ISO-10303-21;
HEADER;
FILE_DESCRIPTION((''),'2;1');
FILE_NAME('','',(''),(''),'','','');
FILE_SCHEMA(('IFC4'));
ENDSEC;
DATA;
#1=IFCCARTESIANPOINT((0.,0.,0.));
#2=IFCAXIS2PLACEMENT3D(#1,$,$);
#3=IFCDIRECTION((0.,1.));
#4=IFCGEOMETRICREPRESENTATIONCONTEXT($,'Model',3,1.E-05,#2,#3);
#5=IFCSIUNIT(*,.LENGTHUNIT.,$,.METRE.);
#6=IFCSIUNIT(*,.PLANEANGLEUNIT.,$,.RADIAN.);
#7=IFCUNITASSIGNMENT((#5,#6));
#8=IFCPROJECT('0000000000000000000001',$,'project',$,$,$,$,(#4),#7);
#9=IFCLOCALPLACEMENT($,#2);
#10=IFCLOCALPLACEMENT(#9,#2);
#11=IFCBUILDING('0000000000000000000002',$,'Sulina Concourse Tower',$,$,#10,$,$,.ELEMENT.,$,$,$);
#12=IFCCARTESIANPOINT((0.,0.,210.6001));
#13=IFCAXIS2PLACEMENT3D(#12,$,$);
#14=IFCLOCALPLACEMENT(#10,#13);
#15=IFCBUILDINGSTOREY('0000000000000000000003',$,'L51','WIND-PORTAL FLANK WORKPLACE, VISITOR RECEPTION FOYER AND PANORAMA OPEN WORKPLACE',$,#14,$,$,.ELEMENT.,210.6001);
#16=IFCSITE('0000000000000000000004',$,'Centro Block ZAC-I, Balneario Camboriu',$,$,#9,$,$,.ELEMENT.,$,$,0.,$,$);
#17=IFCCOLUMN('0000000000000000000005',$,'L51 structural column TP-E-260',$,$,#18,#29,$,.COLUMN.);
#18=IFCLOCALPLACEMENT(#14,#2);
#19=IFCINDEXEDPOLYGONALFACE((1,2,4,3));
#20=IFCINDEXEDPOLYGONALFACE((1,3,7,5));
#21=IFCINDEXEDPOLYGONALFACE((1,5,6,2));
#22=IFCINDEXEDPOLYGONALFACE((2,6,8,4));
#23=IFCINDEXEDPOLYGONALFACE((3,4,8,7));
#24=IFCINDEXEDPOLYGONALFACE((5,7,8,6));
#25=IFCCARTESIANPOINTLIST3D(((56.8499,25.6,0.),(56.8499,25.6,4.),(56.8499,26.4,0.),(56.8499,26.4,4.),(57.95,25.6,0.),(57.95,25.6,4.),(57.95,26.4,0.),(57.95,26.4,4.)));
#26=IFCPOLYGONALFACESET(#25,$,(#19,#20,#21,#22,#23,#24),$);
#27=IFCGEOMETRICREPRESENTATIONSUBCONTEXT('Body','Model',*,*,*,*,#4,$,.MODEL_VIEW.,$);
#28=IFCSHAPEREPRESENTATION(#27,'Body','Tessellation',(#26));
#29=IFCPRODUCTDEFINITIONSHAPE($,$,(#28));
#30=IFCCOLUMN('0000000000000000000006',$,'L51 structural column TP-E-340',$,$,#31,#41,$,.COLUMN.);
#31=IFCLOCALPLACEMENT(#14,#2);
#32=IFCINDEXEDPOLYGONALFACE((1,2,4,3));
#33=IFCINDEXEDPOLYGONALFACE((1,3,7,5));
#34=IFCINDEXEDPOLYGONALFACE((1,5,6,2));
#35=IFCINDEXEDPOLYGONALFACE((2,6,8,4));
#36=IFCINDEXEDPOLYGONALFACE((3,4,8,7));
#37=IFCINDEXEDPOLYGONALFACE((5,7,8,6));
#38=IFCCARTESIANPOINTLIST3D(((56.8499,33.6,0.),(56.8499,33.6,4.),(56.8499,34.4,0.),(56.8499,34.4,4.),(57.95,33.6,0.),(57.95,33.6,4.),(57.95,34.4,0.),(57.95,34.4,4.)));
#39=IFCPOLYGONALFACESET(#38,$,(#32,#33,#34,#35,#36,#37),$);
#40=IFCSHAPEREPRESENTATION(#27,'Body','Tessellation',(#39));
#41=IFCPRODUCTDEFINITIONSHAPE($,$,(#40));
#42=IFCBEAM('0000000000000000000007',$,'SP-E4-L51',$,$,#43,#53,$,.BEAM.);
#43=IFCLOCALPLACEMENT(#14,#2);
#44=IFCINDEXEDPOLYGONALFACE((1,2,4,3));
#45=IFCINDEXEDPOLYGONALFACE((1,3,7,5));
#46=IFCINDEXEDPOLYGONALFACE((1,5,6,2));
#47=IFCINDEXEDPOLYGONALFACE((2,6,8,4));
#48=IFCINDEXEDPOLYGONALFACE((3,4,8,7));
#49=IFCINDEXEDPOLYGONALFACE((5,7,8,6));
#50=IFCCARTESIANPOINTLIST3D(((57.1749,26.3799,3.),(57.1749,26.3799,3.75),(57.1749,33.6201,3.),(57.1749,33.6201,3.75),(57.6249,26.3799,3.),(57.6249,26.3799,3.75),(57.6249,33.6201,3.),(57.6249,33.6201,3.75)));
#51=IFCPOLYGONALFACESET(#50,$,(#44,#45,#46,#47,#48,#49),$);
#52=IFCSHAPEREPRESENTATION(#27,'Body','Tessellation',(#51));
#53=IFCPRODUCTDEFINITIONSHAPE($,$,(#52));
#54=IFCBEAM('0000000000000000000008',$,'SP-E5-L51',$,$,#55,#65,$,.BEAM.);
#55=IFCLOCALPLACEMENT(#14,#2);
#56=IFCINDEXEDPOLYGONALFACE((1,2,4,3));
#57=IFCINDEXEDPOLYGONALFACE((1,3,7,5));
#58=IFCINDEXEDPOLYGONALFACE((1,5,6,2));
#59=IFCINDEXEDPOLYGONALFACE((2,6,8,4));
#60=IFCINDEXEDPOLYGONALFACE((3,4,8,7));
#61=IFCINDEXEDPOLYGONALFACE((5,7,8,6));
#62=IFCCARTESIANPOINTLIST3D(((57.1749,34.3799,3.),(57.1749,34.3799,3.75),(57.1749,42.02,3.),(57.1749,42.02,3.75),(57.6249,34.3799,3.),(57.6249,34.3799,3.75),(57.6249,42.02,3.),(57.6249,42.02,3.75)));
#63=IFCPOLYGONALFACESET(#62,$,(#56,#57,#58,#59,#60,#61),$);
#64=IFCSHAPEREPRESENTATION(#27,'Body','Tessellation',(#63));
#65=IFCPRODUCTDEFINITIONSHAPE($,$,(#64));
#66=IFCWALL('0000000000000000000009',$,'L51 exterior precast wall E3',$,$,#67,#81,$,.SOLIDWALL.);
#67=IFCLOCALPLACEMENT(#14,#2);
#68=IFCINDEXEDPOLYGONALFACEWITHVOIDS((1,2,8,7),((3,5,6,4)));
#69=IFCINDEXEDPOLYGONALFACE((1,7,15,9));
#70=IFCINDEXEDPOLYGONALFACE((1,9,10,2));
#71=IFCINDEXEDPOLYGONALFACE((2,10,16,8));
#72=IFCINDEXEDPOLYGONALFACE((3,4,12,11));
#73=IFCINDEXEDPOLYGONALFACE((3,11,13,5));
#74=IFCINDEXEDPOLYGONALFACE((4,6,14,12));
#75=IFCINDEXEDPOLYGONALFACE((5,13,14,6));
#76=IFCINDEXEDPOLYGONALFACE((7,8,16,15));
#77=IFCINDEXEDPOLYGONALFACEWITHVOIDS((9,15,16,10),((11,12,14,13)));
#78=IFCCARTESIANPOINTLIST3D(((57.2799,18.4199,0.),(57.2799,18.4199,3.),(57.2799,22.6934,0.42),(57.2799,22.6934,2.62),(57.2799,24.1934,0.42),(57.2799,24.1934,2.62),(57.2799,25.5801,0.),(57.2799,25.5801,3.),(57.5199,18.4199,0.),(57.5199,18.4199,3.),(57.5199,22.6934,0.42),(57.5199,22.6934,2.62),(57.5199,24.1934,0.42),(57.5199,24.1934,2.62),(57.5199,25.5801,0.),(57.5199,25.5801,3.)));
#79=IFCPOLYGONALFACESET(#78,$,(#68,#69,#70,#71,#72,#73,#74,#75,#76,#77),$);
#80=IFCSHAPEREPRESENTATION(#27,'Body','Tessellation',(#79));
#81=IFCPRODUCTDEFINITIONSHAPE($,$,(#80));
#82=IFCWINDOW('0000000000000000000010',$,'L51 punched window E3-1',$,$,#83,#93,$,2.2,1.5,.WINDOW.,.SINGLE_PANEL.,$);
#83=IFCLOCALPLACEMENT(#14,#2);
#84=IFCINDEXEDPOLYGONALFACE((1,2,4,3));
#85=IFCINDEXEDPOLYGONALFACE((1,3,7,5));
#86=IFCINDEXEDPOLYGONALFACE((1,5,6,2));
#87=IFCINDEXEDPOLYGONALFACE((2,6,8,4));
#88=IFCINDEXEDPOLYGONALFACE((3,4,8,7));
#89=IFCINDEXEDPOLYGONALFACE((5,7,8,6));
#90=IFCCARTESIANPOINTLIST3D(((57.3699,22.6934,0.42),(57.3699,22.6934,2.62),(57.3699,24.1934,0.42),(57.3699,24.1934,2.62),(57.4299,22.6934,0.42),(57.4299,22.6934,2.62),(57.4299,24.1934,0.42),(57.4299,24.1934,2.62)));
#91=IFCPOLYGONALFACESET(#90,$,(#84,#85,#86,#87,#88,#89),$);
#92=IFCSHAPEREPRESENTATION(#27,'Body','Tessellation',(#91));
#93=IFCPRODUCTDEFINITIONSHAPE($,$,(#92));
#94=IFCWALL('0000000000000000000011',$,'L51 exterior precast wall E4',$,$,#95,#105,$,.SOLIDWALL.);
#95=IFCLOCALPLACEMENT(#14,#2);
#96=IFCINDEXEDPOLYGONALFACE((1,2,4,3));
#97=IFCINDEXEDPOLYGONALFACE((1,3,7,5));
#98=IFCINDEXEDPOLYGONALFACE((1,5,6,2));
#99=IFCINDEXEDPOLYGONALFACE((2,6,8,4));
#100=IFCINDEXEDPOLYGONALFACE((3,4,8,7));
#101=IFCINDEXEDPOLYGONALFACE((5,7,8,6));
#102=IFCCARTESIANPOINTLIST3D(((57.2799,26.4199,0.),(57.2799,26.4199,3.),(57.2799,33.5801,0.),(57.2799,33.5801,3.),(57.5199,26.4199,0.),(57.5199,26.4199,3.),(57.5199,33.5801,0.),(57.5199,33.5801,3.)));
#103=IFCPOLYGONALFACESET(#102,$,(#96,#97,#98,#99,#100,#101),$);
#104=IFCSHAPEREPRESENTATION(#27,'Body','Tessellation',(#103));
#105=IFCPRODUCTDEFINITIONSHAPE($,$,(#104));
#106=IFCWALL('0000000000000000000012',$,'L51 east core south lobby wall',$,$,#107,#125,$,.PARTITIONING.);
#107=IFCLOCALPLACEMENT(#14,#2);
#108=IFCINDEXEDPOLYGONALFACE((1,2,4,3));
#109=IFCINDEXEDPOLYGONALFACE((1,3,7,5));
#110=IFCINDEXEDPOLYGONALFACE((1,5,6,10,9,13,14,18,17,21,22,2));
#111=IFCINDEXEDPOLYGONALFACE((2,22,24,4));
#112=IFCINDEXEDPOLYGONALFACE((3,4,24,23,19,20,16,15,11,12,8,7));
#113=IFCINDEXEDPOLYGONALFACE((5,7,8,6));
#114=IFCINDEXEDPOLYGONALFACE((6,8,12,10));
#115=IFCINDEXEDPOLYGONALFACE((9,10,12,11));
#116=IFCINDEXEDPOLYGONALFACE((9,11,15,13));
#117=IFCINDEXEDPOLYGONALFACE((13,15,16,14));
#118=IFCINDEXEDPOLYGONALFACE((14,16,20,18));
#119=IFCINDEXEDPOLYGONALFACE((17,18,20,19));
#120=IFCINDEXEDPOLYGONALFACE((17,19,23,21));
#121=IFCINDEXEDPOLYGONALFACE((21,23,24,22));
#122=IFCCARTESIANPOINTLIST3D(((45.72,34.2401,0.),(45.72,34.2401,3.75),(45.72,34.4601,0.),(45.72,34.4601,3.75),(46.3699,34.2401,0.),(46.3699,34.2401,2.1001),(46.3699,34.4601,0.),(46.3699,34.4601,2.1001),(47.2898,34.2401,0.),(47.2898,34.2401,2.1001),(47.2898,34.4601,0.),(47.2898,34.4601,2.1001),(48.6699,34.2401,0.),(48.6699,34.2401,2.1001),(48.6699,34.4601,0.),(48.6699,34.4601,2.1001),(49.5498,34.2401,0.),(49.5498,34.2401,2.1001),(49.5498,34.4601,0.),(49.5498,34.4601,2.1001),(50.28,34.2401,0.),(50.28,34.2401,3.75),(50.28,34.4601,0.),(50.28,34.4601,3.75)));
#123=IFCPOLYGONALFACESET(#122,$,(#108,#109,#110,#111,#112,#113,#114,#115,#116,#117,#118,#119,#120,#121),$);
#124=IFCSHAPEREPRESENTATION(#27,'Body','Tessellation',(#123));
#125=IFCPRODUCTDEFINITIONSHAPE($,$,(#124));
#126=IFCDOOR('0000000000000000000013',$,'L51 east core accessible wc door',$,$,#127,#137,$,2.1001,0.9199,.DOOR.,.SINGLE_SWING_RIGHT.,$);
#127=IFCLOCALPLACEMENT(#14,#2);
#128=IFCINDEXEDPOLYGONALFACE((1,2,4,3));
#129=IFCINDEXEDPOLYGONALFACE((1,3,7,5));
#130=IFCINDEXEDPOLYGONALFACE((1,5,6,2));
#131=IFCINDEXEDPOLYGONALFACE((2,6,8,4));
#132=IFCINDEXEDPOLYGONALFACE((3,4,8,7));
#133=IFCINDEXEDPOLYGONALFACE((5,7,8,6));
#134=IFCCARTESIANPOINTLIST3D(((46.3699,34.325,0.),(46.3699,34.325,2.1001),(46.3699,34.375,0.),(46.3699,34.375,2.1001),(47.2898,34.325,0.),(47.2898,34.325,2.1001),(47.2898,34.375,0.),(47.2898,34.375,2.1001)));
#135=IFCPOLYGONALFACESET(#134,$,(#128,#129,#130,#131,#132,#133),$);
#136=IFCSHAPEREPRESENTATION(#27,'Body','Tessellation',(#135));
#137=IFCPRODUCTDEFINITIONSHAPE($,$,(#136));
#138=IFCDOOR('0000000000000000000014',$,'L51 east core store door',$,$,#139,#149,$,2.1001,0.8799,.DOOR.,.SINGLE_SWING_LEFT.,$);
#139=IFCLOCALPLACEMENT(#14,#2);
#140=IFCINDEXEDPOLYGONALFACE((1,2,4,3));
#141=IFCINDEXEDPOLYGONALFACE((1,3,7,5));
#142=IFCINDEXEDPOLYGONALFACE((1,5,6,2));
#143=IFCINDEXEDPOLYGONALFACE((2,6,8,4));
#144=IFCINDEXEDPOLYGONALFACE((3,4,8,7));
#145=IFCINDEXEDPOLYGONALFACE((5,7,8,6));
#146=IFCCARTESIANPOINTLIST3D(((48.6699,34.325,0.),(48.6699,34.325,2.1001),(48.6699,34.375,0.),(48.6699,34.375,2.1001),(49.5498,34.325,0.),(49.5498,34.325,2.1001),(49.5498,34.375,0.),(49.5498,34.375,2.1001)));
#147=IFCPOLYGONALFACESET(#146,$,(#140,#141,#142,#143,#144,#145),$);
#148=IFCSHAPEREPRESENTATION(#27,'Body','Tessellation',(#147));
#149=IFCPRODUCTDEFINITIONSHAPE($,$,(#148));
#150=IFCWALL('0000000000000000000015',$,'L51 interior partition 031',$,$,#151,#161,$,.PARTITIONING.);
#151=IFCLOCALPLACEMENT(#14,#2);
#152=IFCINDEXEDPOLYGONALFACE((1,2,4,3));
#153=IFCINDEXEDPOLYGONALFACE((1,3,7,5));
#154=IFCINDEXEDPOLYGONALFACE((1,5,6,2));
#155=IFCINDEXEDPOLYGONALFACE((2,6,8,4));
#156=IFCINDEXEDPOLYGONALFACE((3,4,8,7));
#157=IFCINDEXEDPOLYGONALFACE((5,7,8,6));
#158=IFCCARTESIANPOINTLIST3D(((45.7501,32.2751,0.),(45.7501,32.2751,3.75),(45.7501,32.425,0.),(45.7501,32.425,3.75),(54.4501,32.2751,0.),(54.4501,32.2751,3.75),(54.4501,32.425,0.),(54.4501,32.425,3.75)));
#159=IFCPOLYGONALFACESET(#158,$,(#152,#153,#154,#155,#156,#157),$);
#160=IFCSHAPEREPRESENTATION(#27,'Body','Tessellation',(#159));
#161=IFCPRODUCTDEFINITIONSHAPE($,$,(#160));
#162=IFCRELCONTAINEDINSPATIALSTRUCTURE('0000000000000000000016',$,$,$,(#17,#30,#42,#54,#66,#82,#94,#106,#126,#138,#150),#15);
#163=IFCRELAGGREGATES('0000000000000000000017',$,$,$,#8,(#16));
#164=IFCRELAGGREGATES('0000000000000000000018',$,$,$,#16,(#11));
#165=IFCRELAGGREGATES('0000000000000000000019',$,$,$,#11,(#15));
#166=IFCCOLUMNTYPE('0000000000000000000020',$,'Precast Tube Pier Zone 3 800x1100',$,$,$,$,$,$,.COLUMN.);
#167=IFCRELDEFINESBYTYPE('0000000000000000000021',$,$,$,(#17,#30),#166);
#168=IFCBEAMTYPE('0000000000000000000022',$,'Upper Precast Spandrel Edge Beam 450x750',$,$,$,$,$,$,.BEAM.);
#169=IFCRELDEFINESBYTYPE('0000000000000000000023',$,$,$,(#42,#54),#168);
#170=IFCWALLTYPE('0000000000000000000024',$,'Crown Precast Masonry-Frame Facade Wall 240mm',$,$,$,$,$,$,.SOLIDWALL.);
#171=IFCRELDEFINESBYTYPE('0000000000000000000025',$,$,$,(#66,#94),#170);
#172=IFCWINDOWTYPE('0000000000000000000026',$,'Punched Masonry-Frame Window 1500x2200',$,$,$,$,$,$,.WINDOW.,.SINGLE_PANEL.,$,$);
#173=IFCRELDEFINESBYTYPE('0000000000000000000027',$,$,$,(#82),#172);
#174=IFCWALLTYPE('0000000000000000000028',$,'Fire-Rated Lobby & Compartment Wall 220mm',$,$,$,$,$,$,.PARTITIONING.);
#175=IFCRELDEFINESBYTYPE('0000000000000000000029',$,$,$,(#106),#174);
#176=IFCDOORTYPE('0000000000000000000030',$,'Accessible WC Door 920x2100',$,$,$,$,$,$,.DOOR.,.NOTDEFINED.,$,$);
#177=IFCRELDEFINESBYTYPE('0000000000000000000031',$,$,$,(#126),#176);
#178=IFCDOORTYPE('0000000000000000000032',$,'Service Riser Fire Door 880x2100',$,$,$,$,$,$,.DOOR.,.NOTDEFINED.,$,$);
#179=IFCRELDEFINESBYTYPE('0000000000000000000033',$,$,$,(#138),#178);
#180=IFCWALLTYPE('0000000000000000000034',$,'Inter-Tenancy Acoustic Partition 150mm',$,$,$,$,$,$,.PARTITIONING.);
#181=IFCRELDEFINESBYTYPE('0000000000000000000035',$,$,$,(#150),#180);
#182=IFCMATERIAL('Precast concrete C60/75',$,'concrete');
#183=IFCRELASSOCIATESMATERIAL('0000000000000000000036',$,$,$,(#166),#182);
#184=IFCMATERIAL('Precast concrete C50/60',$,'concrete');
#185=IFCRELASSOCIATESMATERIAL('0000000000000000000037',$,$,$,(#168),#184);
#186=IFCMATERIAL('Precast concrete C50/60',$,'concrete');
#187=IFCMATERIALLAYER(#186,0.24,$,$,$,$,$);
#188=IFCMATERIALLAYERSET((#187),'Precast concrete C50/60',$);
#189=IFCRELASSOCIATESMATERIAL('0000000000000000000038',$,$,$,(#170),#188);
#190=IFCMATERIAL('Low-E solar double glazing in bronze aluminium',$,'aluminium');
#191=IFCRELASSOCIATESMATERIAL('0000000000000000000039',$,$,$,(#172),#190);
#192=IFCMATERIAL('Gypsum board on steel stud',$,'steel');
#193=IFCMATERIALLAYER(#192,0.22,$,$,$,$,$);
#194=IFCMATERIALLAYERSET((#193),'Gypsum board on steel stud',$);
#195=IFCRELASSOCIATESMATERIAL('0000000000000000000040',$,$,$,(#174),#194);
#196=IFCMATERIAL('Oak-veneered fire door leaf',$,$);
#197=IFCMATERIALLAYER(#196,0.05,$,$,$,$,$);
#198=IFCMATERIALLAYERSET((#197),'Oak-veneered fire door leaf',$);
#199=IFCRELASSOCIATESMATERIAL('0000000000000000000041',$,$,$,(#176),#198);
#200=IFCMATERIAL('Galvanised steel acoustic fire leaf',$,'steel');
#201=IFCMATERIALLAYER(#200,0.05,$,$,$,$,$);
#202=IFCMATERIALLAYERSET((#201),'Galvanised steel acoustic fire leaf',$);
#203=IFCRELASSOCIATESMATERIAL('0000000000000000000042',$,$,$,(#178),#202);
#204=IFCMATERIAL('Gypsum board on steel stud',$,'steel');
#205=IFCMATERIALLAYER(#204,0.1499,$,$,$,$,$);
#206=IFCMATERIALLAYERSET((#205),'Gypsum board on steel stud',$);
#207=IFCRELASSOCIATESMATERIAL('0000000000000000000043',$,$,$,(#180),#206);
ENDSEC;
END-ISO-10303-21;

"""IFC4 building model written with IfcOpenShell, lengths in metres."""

from ifc_helpers import new_model, si_unit, direction, frame, frame_2d, origin, origin_2d, place, context, subcontext, project, spatial, rectangle, extrude, material, layer, layer_set, material_profile, profile_set, type_object, element, fill, save


model = new_model("IFC4")

# Units and contexts
model_context = context("Model", 3, precision=1e-05, world=origin(), true_north=direction((0.0, 1.0)))
body_context = subcontext(model_context, "Body", "Model", "MODEL_VIEW")
ifc_project = project(units=[si_unit("LENGTHUNIT", "METRE"), si_unit("PLANEANGLEUNIT", "RADIAN")], contexts=[model_context])

# Site, building, storey
site_placement = place(None, origin())
site = spatial("IfcSite", under=ifc_project, at=site_placement, Name="Centro Block ZAC-I, Balneario Camboriu", CompositionType="ELEMENT", RefElevation=0.0)
building_placement = place(site_placement, origin())
building = spatial("IfcBuilding", under=site, at=building_placement, Name="Sulina Concourse Tower", CompositionType="ELEMENT")
storey_placement = place(building_placement, frame((0.0, 0.0, 210.6001)))
storey = spatial("IfcBuildingStorey", under=building, at=storey_placement, Name="L51", Description="WIND-PORTAL FLANK WORKPLACE, VISITOR RECEPTION FOYER AND PANORAMA OPEN WORKPLACE", CompositionType="ELEMENT", Elevation=210.6001)

# Columns
ifc_material_1 = material(Name="Precast concrete C60/75", Category="concrete")
ifc_material_profile_1 = material_profile(ifc_material_1, rectangle(XDim=0.8, YDim=1.1001, at=origin_2d()), Name="PC 800x1100")
ifc_profile_set_1 = profile_set([ifc_material_profile_1], Name="Precast concrete C60/75")
column_type = type_object("IfcColumnType", Name="Precast Tube Pier Zone 3 800x1100", PredefinedType="COLUMN", material=ifc_profile_set_1)
for number, where, z_axis, x_axis, name in (
    (1, (57.3999, 26.0, 0.0), (0.0, 0.0, 1.0), (0.0, 1.0, 0.0), "L51 structural column TP-E-260"),
    (2, (57.3999, 34.0, 0.0), (0.0, 0.0, 1.0), (0.0, 1.0, 0.0), "L51 structural column TP-E-340"),
):
    element("IfcColumn", number, at=place(storey_placement, frame(where, z_axis=z_axis, x_axis=x_axis)), inside=storey, type_object=column_type, Name=name, PredefinedType="COLUMN", context=body_context, shape_type="SweptSolid", body=[
        extrude(rectangle(XDim=0.8, YDim=1.1001, at=origin_2d()), origin(), (0.0, 0.0, 1.0), 4.0),
    ])

# Beams
ifc_material_2 = material(Name="Precast concrete C50/60", Category="concrete")
ifc_material_profile_2 = material_profile(ifc_material_2, rectangle(XDim=0.45, YDim=0.75, at=origin_2d()), Name="RC 450x750")
ifc_profile_set_2 = profile_set([ifc_material_profile_2], Name="Precast concrete C50/60")
beam_type = type_object("IfcBeamType", Name="Upper Precast Spandrel Edge Beam 450x750", PredefinedType="BEAM", material=ifc_profile_set_2)
beam_1_placement = place(storey_placement, frame((57.3999, 26.3799, 3.375), z_axis=(0.0, 1.0, 0.0), x_axis=(-1.0, 0.0, 0.0)))
element("IfcBeam", 3, at=beam_1_placement, inside=storey, type_object=beam_type, Name="SP-E4-L51", PredefinedType="BEAM", context=body_context, shape_type="SweptSolid", body=[
    extrude(rectangle(XDim=0.45, YDim=0.75, at=origin_2d()), origin(), (0.0, 0.0, 1.0), 7.2402),
])
beam_2_placement = place(storey_placement, frame((57.3999, 34.3799, 3.375), z_axis=(0.0, 1.0, 0.0), x_axis=(-1.0, 0.0, 0.0)))
element("IfcBeam", 4, at=beam_2_placement, inside=storey, type_object=beam_type, Name="SP-E5-L51", PredefinedType="BEAM", context=body_context, shape_type="SweptSolid", body=[
    extrude(rectangle(XDim=0.45, YDim=0.75, at=origin_2d()), origin(), (0.0, 0.0, 1.0), 7.6401),
])

# Wall, opening, window
ifc_material_3 = material(Name="Precast concrete C50/60", Category="concrete")
ifc_layer_1 = layer(ifc_material_3, 0.24)
ifc_layer_set_1 = layer_set([ifc_layer_1], Name="Precast concrete C50/60")
wall_type_1 = type_object("IfcWallType", Name="Crown Precast Masonry-Frame Facade Wall 240mm", PredefinedType="SOLIDWALL", material=ifc_layer_set_1)
wall_1_placement = place(storey_placement, frame((57.3999, 25.5801, 0.0), z_axis=(0.0, 0.0, 1.0), x_axis=(0.0, -1.0, 0.0)))
wall_1 = element("IfcWall", 5, at=wall_1_placement, inside=storey, type_object=wall_type_1, Name="L51 exterior precast wall E3", PredefinedType="SOLIDWALL", context=body_context, shape_type="SweptSolid", body=[
    extrude(rectangle(XDim=7.1602, YDim=0.24, at=frame_2d((3.5801, 0.0))), origin(), (0.0, 0.0, 1.0), 3.0),
])
opening_1_placement = place(wall_1_placement, frame((1.3867, 0.0, 0.4199)))
opening_1 = element("IfcOpeningElement", 6, at=opening_1_placement, cuts=wall_1, PredefinedType="OPENING", context=body_context, shape_type="SweptSolid", body=[
    extrude(rectangle(XDim=1.5, YDim=2.2, at=frame_2d((0.75, 1.1001))), frame((0.0, 0.1299, 0.0), z_axis=(0.0, -1.0, 0.0), x_axis=(1.0, 0.0, 0.0)), (0.0, 0.0, 1.0), 0.26),
])
ifc_material_4 = material(Name="Low-E solar double glazing in bronze aluminium", Category="aluminium")
window_type = type_object("IfcWindowType", Name="Punched Masonry-Frame Window 1500x2200", PartitioningType="SINGLE_PANEL", PredefinedType="WINDOW", material=ifc_material_4)
window_placement = place(opening_1_placement, origin())
window = element("IfcWindow", 7, at=window_placement, inside=storey, type_object=window_type, Name="L51 punched window E3-1", OverallHeight=2.2, OverallWidth=1.5, PartitioningType="SINGLE_PANEL", PredefinedType="WINDOW", context=body_context, shape_type="SweptSolid", body=[
    extrude(rectangle(XDim=1.5, YDim=2.2, at=frame_2d((0.75, 1.1001))), frame((0.0, 0.03, 0.0), z_axis=(0.0, -1.0, 0.0), x_axis=(1.0, 0.0, 0.0)), (0.0, 0.0, 1.0), 0.0601),
])
fill(opening_1, window)

# Wall
wall_2_placement = place(storey_placement, frame((57.3999, 33.5801, 0.0), z_axis=(0.0, 0.0, 1.0), x_axis=(0.0, -1.0, 0.0)))
element("IfcWall", 8, at=wall_2_placement, inside=storey, type_object=wall_type_1, Name="L51 exterior precast wall E4", PredefinedType="SOLIDWALL", context=body_context, shape_type="SweptSolid", body=[
    extrude(rectangle(XDim=7.1602, YDim=0.24, at=frame_2d((3.5801, 0.0))), origin(), (0.0, 0.0, 1.0), 3.0),
])

# Wall, openings, doors
ifc_material_5 = material(Name="Gypsum board on steel stud", Category="steel")
ifc_layer_2 = layer(ifc_material_5, 0.22)
ifc_layer_set_2 = layer_set([ifc_layer_2], Name="Gypsum board on steel stud")
wall_type_2 = type_object("IfcWallType", Name="Fire-Rated Lobby & Compartment Wall 220mm", PredefinedType="PARTITIONING", material=ifc_layer_set_2)
wall_3_placement = place(storey_placement, frame((45.72, 34.3501, 0.0), z_axis=(0.0, 0.0, 1.0), x_axis=(1.0, 0.0, 0.0)))
wall_3 = element("IfcWall", 9, at=wall_3_placement, inside=storey, type_object=wall_type_2, Name="L51 east core south lobby wall", PredefinedType="PARTITIONING", context=body_context, shape_type="SweptSolid", body=[
    extrude(rectangle(XDim=4.5601, YDim=0.22, at=frame_2d((2.28, 0.0))), origin(), (0.0, 0.0, 1.0), 3.75),
])
opening_2_placement = place(wall_3_placement, frame((0.6499, 0.0, 0.0)))
opening_2 = element("IfcOpeningElement", 10, at=opening_2_placement, cuts=wall_3, PredefinedType="OPENING", context=body_context, shape_type="SweptSolid", body=[
    extrude(rectangle(XDim=0.9199, YDim=2.1001, at=frame_2d((0.46, 1.05))), frame((0.0, 0.1199, 0.0), z_axis=(0.0, -1.0, 0.0), x_axis=(1.0, 0.0, 0.0)), (0.0, 0.0, 1.0), 0.24),
])
opening_3_placement = place(wall_3_placement, frame((2.95, 0.0, 0.0)))
opening_3 = element("IfcOpeningElement", 11, at=opening_3_placement, cuts=wall_3, PredefinedType="OPENING", context=body_context, shape_type="SweptSolid", body=[
    extrude(rectangle(XDim=0.8799, YDim=2.1001, at=frame_2d((0.4399, 1.05))), frame((0.0, 0.1199, 0.0), z_axis=(0.0, -1.0, 0.0), x_axis=(1.0, 0.0, 0.0)), (0.0, 0.0, 1.0), 0.24),
])
ifc_material_6 = material(Name="Oak-veneered fire door leaf")
ifc_layer_3 = layer(ifc_material_6, 0.05)
ifc_layer_set_3 = layer_set([ifc_layer_3], Name="Oak-veneered fire door leaf")
door_type_1 = type_object("IfcDoorType", Name="Accessible WC Door 920x2100", OperationType="NOTDEFINED", PredefinedType="DOOR", material=ifc_layer_set_3)
door_1_placement = place(opening_2_placement, origin())
door_1 = element("IfcDoor", 12, at=door_1_placement, inside=storey, type_object=door_type_1, Name="L51 east core accessible wc door", OperationType="SINGLE_SWING_RIGHT", OverallHeight=2.1001, OverallWidth=0.9199, PredefinedType="DOOR", context=body_context, shape_type="SweptSolid", body=[
    extrude(rectangle(XDim=0.9199, YDim=2.1001, at=frame_2d((0.46, 1.05))), frame((0.0, 0.0249, 0.0), z_axis=(0.0, -1.0, 0.0), x_axis=(1.0, 0.0, 0.0)), (0.0, 0.0, 1.0), 0.05),
])
fill(opening_2, door_1)
ifc_material_7 = material(Name="Galvanised steel acoustic fire leaf", Category="steel")
ifc_layer_4 = layer(ifc_material_7, 0.05)
ifc_layer_set_4 = layer_set([ifc_layer_4], Name="Galvanised steel acoustic fire leaf")
door_type_2 = type_object("IfcDoorType", Name="Service Riser Fire Door 880x2100", OperationType="NOTDEFINED", PredefinedType="DOOR", material=ifc_layer_set_4)
door_2_placement = place(opening_3_placement, origin())
door_2 = element("IfcDoor", 13, at=door_2_placement, inside=storey, type_object=door_type_2, Name="L51 east core store door", OperationType="SINGLE_SWING_LEFT", OverallHeight=2.1001, OverallWidth=0.8799, PredefinedType="DOOR", context=body_context, shape_type="SweptSolid", body=[
    extrude(rectangle(XDim=0.8799, YDim=2.1001, at=frame_2d((0.4399, 1.05))), frame((0.0, 0.0249, 0.0), z_axis=(0.0, -1.0, 0.0), x_axis=(1.0, 0.0, 0.0)), (0.0, 0.0, 1.0), 0.05),
])
fill(opening_3, door_2)

# Wall
ifc_material_8 = material(Name="Gypsum board on steel stud", Category="steel")
ifc_layer_5 = layer(ifc_material_8, 0.1499)
ifc_layer_set_5 = layer_set([ifc_layer_5], Name="Gypsum board on steel stud")
wall_type_3 = type_object("IfcWallType", Name="Inter-Tenancy Acoustic Partition 150mm", PredefinedType="PARTITIONING", material=ifc_layer_set_5)
wall_4_placement = place(storey_placement, frame((45.75, 32.3501, 0.0), z_axis=(0.0, 0.0, 1.0), x_axis=(1.0, 0.0, 0.0)))
element("IfcWall", 14, at=wall_4_placement, inside=storey, type_object=wall_type_3, Name="L51 interior partition 031", PredefinedType="PARTITIONING", context=body_context, shape_type="SweptSolid", body=[
    extrude(rectangle(XDim=8.7, YDim=0.1499, at=frame_2d((4.3501, 0.0))), origin(), (0.0, 0.0, 1.0), 3.75),
])

save(model, "model.ifc")
